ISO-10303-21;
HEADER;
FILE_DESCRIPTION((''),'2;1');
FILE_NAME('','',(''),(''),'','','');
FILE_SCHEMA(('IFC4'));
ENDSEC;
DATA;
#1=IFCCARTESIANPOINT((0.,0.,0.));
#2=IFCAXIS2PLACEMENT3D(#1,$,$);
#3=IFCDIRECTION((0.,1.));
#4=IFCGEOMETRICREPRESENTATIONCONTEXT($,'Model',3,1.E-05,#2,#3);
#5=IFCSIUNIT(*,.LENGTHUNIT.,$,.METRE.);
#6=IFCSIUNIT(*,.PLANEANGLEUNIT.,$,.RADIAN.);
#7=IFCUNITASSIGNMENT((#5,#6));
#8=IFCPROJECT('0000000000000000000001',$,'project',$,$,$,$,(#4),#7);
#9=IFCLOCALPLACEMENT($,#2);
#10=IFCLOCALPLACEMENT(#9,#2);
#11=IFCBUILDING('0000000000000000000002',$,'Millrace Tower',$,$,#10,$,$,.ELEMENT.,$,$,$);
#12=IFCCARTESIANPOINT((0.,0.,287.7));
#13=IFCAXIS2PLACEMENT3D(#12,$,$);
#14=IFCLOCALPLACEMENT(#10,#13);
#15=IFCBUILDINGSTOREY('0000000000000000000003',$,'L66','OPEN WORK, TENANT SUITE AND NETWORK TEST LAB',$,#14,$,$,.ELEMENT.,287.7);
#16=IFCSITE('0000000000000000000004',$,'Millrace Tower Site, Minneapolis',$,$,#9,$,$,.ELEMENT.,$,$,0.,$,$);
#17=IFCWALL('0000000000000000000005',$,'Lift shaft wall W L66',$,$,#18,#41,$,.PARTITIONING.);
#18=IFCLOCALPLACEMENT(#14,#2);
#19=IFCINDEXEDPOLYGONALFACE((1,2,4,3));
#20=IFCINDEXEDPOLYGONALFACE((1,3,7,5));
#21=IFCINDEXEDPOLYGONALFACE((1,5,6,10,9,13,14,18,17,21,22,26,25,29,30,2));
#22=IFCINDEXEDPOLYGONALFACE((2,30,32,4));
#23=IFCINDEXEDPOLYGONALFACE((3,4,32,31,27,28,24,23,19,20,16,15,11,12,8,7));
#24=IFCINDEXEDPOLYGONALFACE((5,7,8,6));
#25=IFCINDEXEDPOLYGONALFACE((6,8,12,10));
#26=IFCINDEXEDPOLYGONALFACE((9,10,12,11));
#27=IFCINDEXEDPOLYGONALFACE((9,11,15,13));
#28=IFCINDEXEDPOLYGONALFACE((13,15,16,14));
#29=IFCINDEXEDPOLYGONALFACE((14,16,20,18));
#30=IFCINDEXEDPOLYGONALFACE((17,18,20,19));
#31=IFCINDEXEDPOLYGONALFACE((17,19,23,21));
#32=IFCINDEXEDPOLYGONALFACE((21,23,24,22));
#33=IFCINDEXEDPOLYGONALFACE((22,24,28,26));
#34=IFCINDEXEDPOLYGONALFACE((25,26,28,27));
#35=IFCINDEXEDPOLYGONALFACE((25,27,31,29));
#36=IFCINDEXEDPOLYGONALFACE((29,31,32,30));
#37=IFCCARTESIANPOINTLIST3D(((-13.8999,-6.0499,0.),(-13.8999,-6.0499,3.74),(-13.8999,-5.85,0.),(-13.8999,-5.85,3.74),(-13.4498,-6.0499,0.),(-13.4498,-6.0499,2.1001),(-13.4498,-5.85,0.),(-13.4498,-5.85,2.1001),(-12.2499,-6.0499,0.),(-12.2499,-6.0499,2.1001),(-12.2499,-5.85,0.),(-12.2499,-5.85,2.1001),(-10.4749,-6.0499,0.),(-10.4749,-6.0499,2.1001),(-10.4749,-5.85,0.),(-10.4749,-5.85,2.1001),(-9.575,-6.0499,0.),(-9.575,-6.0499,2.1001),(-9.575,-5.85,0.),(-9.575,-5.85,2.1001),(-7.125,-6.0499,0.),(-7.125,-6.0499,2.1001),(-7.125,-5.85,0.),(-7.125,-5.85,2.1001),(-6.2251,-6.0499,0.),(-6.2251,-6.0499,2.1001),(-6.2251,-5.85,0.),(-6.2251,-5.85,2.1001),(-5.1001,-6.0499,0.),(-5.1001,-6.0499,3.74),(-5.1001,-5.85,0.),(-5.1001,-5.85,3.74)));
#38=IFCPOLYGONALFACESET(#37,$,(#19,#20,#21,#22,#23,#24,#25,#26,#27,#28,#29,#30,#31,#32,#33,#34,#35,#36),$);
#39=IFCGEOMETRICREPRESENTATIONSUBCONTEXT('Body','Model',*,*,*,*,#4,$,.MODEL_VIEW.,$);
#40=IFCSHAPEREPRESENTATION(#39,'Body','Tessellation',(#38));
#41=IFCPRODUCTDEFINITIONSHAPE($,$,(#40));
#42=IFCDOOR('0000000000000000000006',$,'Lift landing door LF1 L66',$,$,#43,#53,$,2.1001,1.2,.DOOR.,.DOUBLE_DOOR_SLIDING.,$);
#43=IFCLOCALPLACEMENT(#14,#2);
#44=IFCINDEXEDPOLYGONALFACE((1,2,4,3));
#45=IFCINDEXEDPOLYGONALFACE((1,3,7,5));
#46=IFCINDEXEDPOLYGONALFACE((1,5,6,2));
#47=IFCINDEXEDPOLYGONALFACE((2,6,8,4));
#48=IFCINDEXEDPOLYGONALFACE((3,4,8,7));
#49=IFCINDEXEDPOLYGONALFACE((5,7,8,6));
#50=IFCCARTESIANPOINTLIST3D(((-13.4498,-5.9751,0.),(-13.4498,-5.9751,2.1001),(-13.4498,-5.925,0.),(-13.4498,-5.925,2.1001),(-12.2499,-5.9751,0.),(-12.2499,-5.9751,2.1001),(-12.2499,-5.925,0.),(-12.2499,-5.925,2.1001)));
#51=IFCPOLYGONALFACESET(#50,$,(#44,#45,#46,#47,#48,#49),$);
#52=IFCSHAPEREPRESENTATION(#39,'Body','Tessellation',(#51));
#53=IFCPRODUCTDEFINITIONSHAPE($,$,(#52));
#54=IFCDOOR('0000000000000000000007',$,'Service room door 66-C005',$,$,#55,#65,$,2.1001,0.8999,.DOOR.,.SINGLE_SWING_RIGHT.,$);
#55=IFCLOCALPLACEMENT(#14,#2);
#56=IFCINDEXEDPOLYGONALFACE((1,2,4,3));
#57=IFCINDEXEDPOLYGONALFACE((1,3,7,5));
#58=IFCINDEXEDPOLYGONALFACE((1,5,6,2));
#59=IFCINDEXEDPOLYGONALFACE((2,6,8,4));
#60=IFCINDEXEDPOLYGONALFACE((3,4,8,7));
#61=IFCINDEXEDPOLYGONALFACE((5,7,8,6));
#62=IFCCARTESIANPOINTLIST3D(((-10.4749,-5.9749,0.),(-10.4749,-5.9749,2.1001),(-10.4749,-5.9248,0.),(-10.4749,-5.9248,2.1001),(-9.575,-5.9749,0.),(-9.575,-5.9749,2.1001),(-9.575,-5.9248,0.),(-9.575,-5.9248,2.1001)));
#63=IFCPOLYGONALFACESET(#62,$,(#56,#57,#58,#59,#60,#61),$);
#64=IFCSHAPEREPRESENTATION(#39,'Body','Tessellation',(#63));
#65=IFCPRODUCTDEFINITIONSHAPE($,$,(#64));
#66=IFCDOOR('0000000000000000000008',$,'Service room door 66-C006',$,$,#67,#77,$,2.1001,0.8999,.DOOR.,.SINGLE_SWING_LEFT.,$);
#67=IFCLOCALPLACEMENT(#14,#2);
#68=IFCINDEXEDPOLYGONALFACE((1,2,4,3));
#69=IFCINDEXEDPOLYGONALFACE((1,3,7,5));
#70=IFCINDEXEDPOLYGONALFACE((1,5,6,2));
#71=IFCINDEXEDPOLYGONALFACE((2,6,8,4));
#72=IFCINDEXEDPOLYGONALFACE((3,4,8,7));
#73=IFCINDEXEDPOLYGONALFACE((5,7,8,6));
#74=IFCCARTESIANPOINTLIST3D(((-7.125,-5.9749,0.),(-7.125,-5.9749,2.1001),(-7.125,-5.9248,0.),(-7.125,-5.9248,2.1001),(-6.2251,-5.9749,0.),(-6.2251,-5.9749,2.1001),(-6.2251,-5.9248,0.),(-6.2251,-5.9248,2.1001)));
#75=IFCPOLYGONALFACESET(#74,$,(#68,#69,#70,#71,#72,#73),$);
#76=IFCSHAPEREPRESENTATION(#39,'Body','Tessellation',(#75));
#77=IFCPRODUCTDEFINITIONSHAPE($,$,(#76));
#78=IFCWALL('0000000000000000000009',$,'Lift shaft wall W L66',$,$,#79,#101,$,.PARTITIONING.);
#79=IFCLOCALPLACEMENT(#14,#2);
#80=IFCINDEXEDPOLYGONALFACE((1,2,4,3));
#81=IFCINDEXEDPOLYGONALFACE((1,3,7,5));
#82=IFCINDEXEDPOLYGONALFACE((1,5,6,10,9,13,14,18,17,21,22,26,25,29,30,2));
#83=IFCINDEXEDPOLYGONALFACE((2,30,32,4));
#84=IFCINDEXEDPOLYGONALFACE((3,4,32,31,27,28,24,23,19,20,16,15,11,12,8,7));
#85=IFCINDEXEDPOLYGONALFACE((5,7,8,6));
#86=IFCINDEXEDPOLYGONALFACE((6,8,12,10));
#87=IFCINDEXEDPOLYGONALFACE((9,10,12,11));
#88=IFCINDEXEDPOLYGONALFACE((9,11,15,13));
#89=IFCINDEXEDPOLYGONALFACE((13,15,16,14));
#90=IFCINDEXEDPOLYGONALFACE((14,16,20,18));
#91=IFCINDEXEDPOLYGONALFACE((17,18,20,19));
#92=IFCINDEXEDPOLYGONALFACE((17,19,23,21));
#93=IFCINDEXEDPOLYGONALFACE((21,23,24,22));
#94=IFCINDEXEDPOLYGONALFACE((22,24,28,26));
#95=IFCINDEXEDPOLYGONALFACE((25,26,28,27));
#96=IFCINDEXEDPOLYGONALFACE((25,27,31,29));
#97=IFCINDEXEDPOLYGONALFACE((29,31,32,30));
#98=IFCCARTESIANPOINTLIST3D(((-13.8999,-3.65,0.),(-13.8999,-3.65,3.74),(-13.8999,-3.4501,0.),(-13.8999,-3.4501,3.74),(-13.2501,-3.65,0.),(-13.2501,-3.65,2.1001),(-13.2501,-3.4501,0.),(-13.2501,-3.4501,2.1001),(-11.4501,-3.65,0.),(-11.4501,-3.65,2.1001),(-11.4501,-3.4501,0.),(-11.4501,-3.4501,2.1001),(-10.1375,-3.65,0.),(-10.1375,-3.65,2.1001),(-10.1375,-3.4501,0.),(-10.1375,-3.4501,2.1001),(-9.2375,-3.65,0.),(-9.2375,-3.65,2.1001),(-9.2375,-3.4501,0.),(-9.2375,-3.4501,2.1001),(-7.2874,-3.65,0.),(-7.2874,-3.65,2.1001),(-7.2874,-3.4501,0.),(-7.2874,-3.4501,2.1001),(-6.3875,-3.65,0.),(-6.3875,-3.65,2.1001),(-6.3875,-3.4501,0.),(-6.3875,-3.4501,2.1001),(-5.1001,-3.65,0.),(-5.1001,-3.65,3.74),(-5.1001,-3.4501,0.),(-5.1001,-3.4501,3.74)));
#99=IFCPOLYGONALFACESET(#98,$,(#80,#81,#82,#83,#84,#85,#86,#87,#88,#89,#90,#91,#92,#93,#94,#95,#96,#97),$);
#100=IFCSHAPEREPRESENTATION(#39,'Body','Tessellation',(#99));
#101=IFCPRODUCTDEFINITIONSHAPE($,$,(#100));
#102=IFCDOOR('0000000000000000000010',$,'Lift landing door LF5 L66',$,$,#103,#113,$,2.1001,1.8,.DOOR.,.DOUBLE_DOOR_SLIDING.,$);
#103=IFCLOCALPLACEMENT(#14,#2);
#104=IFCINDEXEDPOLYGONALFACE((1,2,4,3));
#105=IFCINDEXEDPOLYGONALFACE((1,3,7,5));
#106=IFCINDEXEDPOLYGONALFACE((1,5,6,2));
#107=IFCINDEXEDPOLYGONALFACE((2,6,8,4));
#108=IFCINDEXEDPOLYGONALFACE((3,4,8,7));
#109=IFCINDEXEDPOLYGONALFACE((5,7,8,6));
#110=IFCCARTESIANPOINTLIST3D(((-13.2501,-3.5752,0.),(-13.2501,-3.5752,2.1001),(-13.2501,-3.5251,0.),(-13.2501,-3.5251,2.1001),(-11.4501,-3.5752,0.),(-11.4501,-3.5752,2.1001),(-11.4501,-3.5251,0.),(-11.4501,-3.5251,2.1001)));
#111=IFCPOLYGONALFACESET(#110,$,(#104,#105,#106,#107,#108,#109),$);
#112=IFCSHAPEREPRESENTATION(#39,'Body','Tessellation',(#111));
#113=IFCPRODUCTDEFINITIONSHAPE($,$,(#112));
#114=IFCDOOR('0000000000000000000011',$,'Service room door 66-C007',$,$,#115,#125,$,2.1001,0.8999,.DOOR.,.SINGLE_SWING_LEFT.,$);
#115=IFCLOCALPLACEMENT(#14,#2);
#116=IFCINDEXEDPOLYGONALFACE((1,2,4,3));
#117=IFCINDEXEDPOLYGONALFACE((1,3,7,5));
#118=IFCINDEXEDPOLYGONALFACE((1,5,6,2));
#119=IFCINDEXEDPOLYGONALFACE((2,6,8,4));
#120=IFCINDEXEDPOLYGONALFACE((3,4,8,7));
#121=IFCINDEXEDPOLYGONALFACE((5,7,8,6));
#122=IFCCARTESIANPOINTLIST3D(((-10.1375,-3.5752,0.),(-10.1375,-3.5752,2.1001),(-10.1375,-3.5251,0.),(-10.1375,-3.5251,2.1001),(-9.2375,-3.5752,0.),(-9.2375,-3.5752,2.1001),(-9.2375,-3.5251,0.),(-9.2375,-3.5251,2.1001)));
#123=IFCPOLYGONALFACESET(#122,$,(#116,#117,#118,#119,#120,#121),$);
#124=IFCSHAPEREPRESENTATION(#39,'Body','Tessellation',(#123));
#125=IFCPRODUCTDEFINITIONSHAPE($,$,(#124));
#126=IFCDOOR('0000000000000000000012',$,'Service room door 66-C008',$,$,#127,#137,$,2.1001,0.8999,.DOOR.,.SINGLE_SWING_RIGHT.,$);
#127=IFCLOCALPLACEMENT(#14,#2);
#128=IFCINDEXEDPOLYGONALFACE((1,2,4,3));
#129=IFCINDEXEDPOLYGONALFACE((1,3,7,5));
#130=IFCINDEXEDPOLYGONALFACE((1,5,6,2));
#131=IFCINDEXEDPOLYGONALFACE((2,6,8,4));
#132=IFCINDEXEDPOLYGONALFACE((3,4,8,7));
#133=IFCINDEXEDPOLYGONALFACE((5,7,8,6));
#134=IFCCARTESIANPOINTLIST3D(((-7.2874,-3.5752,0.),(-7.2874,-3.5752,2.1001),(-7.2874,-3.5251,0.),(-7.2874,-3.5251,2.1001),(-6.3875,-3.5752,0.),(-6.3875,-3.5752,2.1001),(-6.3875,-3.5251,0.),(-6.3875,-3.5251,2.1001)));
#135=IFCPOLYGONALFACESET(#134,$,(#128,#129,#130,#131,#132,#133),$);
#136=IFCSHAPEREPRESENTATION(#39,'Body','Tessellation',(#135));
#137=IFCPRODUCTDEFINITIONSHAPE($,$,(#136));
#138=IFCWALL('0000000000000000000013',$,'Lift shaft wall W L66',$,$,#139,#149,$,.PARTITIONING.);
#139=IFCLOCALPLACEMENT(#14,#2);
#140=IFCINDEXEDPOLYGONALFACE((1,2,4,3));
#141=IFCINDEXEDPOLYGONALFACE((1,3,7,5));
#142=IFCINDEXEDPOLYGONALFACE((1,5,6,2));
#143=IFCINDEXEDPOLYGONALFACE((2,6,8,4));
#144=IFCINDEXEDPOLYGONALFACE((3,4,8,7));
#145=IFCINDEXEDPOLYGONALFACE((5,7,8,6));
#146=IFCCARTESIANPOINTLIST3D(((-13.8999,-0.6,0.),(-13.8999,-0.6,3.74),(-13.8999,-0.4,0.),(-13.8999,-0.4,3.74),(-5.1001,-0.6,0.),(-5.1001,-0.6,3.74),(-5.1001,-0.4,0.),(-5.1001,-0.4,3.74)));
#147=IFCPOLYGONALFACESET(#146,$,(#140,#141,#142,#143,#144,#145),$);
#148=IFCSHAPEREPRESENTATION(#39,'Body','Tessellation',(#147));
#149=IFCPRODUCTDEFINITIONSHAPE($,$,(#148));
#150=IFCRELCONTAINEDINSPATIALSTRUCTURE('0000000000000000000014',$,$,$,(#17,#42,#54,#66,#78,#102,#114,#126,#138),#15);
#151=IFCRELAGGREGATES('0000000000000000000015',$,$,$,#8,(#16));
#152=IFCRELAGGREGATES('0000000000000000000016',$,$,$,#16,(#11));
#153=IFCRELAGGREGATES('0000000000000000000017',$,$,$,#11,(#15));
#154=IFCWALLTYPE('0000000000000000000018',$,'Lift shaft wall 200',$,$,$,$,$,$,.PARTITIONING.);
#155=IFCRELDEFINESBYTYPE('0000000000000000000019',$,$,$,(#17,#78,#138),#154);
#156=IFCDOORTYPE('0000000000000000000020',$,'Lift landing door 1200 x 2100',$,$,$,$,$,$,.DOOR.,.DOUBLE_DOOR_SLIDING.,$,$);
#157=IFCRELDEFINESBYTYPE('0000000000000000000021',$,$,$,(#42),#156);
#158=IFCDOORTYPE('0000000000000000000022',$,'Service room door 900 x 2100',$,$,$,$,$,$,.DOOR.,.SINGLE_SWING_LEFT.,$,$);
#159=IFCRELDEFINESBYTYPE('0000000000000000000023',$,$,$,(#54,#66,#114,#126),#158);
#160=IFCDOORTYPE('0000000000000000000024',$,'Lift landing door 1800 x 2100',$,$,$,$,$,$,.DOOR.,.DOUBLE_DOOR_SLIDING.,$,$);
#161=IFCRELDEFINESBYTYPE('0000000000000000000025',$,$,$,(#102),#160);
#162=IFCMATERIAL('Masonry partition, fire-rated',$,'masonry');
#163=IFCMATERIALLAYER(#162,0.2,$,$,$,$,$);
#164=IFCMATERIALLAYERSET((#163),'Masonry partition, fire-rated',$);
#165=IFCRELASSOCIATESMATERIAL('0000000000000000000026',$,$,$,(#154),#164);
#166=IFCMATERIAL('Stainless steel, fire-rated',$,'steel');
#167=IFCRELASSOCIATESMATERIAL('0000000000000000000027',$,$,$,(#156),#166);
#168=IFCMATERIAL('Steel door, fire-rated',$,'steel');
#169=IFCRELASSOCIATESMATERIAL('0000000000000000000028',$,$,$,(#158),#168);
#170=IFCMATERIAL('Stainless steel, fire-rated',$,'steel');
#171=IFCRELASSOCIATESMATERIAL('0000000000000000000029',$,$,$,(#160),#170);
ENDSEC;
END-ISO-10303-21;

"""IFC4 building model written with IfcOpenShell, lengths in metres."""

from ifc_helpers import new_model, si_unit, direction, frame, frame_2d, origin, place, context, subcontext, project, spatial, rectangle, extrude, material, layer, layer_set, type_object, element, fill, save


model = new_model("IFC4")

# Units and contexts
model_context = context("Model", 3, precision=1e-05, world=origin(), true_north=direction((0.0, 1.0)))
body_context = subcontext(model_context, "Body", "Model", "MODEL_VIEW")
ifc_project = project(units=[si_unit("LENGTHUNIT", "METRE"), si_unit("PLANEANGLEUNIT", "RADIAN")], contexts=[model_context])

# Site, building, storey
site_placement = place(None, origin())
site = spatial("IfcSite", under=ifc_project, at=site_placement, Name="Millrace Tower Site, Minneapolis", CompositionType="ELEMENT", RefElevation=0.0)
building_placement = place(site_placement, origin())
building = spatial("IfcBuilding", under=site, at=building_placement, Name="Millrace Tower", CompositionType="ELEMENT")
storey_placement = place(building_placement, frame((0.0, 0.0, 287.7)))
storey = spatial("IfcBuildingStorey", under=building, at=storey_placement, Name="L66", Description="OPEN WORK, TENANT SUITE AND NETWORK TEST LAB", CompositionType="ELEMENT", Elevation=287.7)

# Walls, openings, doors
ifc_material_1 = material(Name="Masonry partition, fire-rated", Category="masonry")
ifc_layer_1 = layer(ifc_material_1, 0.2)
ifc_layer_set_1 = layer_set([ifc_layer_1], Name="Masonry partition, fire-rated")
wall_type_1 = type_object("IfcWallType", Name="Lift shaft wall 200", PredefinedType="PARTITIONING", material=ifc_layer_set_1)
wall_1_placement = place(storey_placement, frame((-13.8999, -5.95, 0.0), z_axis=(0.0, 0.0, 1.0), x_axis=(1.0, 0.0, 0.0)))
wall_1 = element("IfcWall", 1, at=wall_1_placement, inside=storey, type_object=wall_type_1, Name="Lift shaft wall W L66", PredefinedType="PARTITIONING", context=body_context, shape_type="SweptSolid", body=[
    extrude(rectangle(XDim=8.7998, YDim=0.2, at=frame_2d((4.3999, 0.0))), origin(), (0.0, 0.0, 1.0), 3.74),
])
opening_1_placement = place(wall_1_placement, frame((0.45, 0.0, 0.0)))
opening_1 = element("IfcOpeningElement", 2, at=opening_1_placement, cuts=wall_1, PredefinedType="OPENING", context=body_context, shape_type="SweptSolid", body=[
    extrude(rectangle(XDim=1.2, YDim=2.1001, at=frame_2d((0.6001, 1.05))), frame((0.0, 0.1099, 0.0), z_axis=(0.0, -1.0, 0.0), x_axis=(1.0, 0.0, 0.0)), (0.0, 0.0, 1.0), 0.22),
])
opening_2_placement = place(wall_1_placement, frame((3.425, 0.0, 0.0)))
opening_2 = element("IfcOpeningElement", 3, at=opening_2_placement, cuts=wall_1, PredefinedType="OPENING", context=body_context, shape_type="SweptSolid", body=[
    extrude(rectangle(XDim=0.8999, YDim=2.1001, at=frame_2d((0.45, 1.05))), frame((0.0, 0.1099, 0.0), z_axis=(0.0, -1.0, 0.0), x_axis=(1.0, 0.0, 0.0)), (0.0, 0.0, 1.0), 0.22),
])
opening_3_placement = place(wall_1_placement, frame((6.7749, 0.0, 0.0)))
opening_3 = element("IfcOpeningElement", 4, at=opening_3_placement, cuts=wall_1, PredefinedType="OPENING", context=body_context, shape_type="SweptSolid", body=[
    extrude(rectangle(XDim=0.8999, YDim=2.1001, at=frame_2d((0.45, 1.05))), frame((0.0, 0.1099, 0.0), z_axis=(0.0, -1.0, 0.0), x_axis=(1.0, 0.0, 0.0)), (0.0, 0.0, 1.0), 0.22),
])
ifc_material_2 = material(Name="Stainless steel, fire-rated", Category="steel")
door_type_1 = type_object("IfcDoorType", Name="Lift landing door 1200 x 2100", OperationType="DOUBLE_DOOR_SLIDING", PredefinedType="DOOR", material=ifc_material_2)
door_1_placement = place(opening_1_placement, origin())
door_1 = element("IfcDoor", 5, at=door_1_placement, inside=storey, type_object=door_type_1, Name="Lift landing door LF1 L66", OperationType="DOUBLE_DOOR_SLIDING", OverallHeight=2.1001, OverallWidth=1.2, PredefinedType="DOOR", context=body_context, shape_type="SweptSolid", body=[
    extrude(rectangle(XDim=1.2, YDim=2.1001, at=frame_2d((0.6001, 1.05))), frame((0.0, 0.0249, 0.0), z_axis=(0.0, -1.0, 0.0), x_axis=(1.0, 0.0, 0.0)), (0.0, 0.0, 1.0), 0.05),
])
fill(opening_1, door_1)
ifc_material_3 = material(Name="Steel door, fire-rated", Category="steel")
door_type_2 = type_object("IfcDoorType", Name="Service room door 900 x 2100", OperationType="SINGLE_SWING_LEFT", PredefinedType="DOOR", material=ifc_material_3)
door_2_placement = place(opening_2_placement, frame((0.8999, 0.0, 0.0), z_axis=(0.0, 0.0, 1.0), x_axis=(-1.0, 0.0, 0.0)))
door_2 = element("IfcDoor", 6, at=door_2_placement, inside=storey, type_object=door_type_2, Name="Service room door 66-C005", OperationType="SINGLE_SWING_RIGHT", OverallHeight=2.1001, OverallWidth=0.8999, PredefinedType="DOOR", context=body_context, shape_type="SweptSolid", body=[
    extrude(rectangle(XDim=0.8999, YDim=2.1001, at=frame_2d((0.45, 1.05))), frame((0.0, 0.0249, 0.0), z_axis=(0.0, -1.0, 0.0), x_axis=(1.0, 0.0, 0.0)), (0.0, 0.0, 1.0), 0.05),
])
fill(opening_2, door_2)
door_3_placement = place(opening_3_placement, frame((0.8999, 0.0, 0.0), z_axis=(0.0, 0.0, 1.0), x_axis=(-1.0, 0.0, 0.0)))
door_3 = element("IfcDoor", 7, at=door_3_placement, inside=storey, type_object=door_type_2, Name="Service room door 66-C006", OperationType="SINGLE_SWING_LEFT", OverallHeight=2.1001, OverallWidth=0.8999, PredefinedType="DOOR", context=body_context, shape_type="SweptSolid", body=[
    extrude(rectangle(XDim=0.8999, YDim=2.1001, at=frame_2d((0.45, 1.05))), frame((0.0, 0.0249, 0.0), z_axis=(0.0, -1.0, 0.0), x_axis=(1.0, 0.0, 0.0)), (0.0, 0.0, 1.0), 0.05),
])
fill(opening_3, door_3)
wall_2_placement = place(storey_placement, frame((-13.8999, -3.55, 0.0), z_axis=(0.0, 0.0, 1.0), x_axis=(1.0, 0.0, 0.0)))
wall_2 = element("IfcWall", 8, at=wall_2_placement, inside=storey, type_object=wall_type_1, Name="Lift shaft wall W L66", PredefinedType="PARTITIONING", context=body_context, shape_type="SweptSolid", body=[
    extrude(rectangle(XDim=8.7998, YDim=0.2, at=frame_2d((4.3999, 0.0))), origin(), (0.0, 0.0, 1.0), 3.74),
])
opening_4_placement = place(wall_2_placement, frame((0.6499, 0.0, 0.0)))
opening_4 = element("IfcOpeningElement", 9, at=opening_4_placement, cuts=wall_2, PredefinedType="OPENING", context=body_context, shape_type="SweptSolid", body=[
    extrude(rectangle(XDim=1.8, YDim=2.1001, at=frame_2d((0.8999, 1.05))), frame((0.0, 0.1099, 0.0), z_axis=(0.0, -1.0, 0.0), x_axis=(1.0, 0.0, 0.0)), (0.0, 0.0, 1.0), 0.22),
])
opening_5_placement = place(wall_2_placement, frame((3.7625, 0.0, 0.0)))
opening_5 = element("IfcOpeningElement", 10, at=opening_5_placement, cuts=wall_2, PredefinedType="OPENING", context=body_context, shape_type="SweptSolid", body=[
    extrude(rectangle(XDim=0.8999, YDim=2.1001, at=frame_2d((0.45, 1.05))), frame((0.0, 0.1099, 0.0), z_axis=(0.0, -1.0, 0.0), x_axis=(1.0, 0.0, 0.0)), (0.0, 0.0, 1.0), 0.22),
])
opening_6_placement = place(wall_2_placement, frame((6.6125, 0.0, 0.0)))
opening_6 = element("IfcOpeningElement", 11, at=opening_6_placement, cuts=wall_2, PredefinedType="OPENING", context=body_context, shape_type="SweptSolid", body=[
    extrude(rectangle(XDim=0.8999, YDim=2.1001, at=frame_2d((0.45, 1.05))), frame((0.0, 0.1099, 0.0), z_axis=(0.0, -1.0, 0.0), x_axis=(1.0, 0.0, 0.0)), (0.0, 0.0, 1.0), 0.22),
])
ifc_material_4 = material(Name="Stainless steel, fire-rated", Category="steel")
door_type_3 = type_object("IfcDoorType", Name="Lift landing door 1800 x 2100", OperationType="DOUBLE_DOOR_SLIDING", PredefinedType="DOOR", material=ifc_material_4)
door_4_placement = place(opening_4_placement, origin())
door_4 = element("IfcDoor", 12, at=door_4_placement, inside=storey, type_object=door_type_3, Name="Lift landing door LF5 L66", OperationType="DOUBLE_DOOR_SLIDING", OverallHeight=2.1001, OverallWidth=1.8, PredefinedType="DOOR", context=body_context, shape_type="SweptSolid", body=[
    extrude(rectangle(XDim=1.8, YDim=2.1001, at=frame_2d((0.8999, 1.05))), frame((0.0, 0.0249, 0.0), z_axis=(0.0, -1.0, 0.0), x_axis=(1.0, 0.0, 0.0)), (0.0, 0.0, 1.0), 0.05),
])
fill(opening_4, door_4)
door_5_placement = place(opening_5_placement, origin())
door_5 = element("IfcDoor", 13, at=door_5_placement, inside=storey, type_object=door_type_2, Name="Service room door 66-C007", OperationType="SINGLE_SWING_LEFT", OverallHeight=2.1001, OverallWidth=0.8999, PredefinedType="DOOR", context=body_context, shape_type="SweptSolid", body=[
    extrude(rectangle(XDim=0.8999, YDim=2.1001, at=frame_2d((0.45, 1.05))), frame((0.0, 0.0249, 0.0), z_axis=(0.0, -1.0, 0.0), x_axis=(1.0, 0.0, 0.0)), (0.0, 0.0, 1.0), 0.05),
])
fill(opening_5, door_5)
door_6_placement = place(opening_6_placement, origin())
door_6 = element("IfcDoor", 14, at=door_6_placement, inside=storey, type_object=door_type_2, Name="Service room door 66-C008", OperationType="SINGLE_SWING_RIGHT", OverallHeight=2.1001, OverallWidth=0.8999, PredefinedType="DOOR", context=body_context, shape_type="SweptSolid", body=[
    extrude(rectangle(XDim=0.8999, YDim=2.1001, at=frame_2d((0.45, 1.05))), frame((0.0, 0.0249, 0.0), z_axis=(0.0, -1.0, 0.0), x_axis=(1.0, 0.0, 0.0)), (0.0, 0.0, 1.0), 0.05),
])
fill(opening_6, door_6)

# Wall
wall_3_placement = place(storey_placement, frame((-13.8999, -0.5, 0.0), z_axis=(0.0, 0.0, 1.0), x_axis=(1.0, 0.0, 0.0)))
element("IfcWall", 15, at=wall_3_placement, inside=storey, type_object=wall_type_1, Name="Lift shaft wall W L66", PredefinedType="PARTITIONING", context=body_context, shape_type="SweptSolid", body=[
    extrude(rectangle(XDim=8.7998, YDim=0.2, at=frame_2d((4.3999, 0.0))), origin(), (0.0, 0.0, 1.0), 3.74),
])

save(model, "model.ifc")
